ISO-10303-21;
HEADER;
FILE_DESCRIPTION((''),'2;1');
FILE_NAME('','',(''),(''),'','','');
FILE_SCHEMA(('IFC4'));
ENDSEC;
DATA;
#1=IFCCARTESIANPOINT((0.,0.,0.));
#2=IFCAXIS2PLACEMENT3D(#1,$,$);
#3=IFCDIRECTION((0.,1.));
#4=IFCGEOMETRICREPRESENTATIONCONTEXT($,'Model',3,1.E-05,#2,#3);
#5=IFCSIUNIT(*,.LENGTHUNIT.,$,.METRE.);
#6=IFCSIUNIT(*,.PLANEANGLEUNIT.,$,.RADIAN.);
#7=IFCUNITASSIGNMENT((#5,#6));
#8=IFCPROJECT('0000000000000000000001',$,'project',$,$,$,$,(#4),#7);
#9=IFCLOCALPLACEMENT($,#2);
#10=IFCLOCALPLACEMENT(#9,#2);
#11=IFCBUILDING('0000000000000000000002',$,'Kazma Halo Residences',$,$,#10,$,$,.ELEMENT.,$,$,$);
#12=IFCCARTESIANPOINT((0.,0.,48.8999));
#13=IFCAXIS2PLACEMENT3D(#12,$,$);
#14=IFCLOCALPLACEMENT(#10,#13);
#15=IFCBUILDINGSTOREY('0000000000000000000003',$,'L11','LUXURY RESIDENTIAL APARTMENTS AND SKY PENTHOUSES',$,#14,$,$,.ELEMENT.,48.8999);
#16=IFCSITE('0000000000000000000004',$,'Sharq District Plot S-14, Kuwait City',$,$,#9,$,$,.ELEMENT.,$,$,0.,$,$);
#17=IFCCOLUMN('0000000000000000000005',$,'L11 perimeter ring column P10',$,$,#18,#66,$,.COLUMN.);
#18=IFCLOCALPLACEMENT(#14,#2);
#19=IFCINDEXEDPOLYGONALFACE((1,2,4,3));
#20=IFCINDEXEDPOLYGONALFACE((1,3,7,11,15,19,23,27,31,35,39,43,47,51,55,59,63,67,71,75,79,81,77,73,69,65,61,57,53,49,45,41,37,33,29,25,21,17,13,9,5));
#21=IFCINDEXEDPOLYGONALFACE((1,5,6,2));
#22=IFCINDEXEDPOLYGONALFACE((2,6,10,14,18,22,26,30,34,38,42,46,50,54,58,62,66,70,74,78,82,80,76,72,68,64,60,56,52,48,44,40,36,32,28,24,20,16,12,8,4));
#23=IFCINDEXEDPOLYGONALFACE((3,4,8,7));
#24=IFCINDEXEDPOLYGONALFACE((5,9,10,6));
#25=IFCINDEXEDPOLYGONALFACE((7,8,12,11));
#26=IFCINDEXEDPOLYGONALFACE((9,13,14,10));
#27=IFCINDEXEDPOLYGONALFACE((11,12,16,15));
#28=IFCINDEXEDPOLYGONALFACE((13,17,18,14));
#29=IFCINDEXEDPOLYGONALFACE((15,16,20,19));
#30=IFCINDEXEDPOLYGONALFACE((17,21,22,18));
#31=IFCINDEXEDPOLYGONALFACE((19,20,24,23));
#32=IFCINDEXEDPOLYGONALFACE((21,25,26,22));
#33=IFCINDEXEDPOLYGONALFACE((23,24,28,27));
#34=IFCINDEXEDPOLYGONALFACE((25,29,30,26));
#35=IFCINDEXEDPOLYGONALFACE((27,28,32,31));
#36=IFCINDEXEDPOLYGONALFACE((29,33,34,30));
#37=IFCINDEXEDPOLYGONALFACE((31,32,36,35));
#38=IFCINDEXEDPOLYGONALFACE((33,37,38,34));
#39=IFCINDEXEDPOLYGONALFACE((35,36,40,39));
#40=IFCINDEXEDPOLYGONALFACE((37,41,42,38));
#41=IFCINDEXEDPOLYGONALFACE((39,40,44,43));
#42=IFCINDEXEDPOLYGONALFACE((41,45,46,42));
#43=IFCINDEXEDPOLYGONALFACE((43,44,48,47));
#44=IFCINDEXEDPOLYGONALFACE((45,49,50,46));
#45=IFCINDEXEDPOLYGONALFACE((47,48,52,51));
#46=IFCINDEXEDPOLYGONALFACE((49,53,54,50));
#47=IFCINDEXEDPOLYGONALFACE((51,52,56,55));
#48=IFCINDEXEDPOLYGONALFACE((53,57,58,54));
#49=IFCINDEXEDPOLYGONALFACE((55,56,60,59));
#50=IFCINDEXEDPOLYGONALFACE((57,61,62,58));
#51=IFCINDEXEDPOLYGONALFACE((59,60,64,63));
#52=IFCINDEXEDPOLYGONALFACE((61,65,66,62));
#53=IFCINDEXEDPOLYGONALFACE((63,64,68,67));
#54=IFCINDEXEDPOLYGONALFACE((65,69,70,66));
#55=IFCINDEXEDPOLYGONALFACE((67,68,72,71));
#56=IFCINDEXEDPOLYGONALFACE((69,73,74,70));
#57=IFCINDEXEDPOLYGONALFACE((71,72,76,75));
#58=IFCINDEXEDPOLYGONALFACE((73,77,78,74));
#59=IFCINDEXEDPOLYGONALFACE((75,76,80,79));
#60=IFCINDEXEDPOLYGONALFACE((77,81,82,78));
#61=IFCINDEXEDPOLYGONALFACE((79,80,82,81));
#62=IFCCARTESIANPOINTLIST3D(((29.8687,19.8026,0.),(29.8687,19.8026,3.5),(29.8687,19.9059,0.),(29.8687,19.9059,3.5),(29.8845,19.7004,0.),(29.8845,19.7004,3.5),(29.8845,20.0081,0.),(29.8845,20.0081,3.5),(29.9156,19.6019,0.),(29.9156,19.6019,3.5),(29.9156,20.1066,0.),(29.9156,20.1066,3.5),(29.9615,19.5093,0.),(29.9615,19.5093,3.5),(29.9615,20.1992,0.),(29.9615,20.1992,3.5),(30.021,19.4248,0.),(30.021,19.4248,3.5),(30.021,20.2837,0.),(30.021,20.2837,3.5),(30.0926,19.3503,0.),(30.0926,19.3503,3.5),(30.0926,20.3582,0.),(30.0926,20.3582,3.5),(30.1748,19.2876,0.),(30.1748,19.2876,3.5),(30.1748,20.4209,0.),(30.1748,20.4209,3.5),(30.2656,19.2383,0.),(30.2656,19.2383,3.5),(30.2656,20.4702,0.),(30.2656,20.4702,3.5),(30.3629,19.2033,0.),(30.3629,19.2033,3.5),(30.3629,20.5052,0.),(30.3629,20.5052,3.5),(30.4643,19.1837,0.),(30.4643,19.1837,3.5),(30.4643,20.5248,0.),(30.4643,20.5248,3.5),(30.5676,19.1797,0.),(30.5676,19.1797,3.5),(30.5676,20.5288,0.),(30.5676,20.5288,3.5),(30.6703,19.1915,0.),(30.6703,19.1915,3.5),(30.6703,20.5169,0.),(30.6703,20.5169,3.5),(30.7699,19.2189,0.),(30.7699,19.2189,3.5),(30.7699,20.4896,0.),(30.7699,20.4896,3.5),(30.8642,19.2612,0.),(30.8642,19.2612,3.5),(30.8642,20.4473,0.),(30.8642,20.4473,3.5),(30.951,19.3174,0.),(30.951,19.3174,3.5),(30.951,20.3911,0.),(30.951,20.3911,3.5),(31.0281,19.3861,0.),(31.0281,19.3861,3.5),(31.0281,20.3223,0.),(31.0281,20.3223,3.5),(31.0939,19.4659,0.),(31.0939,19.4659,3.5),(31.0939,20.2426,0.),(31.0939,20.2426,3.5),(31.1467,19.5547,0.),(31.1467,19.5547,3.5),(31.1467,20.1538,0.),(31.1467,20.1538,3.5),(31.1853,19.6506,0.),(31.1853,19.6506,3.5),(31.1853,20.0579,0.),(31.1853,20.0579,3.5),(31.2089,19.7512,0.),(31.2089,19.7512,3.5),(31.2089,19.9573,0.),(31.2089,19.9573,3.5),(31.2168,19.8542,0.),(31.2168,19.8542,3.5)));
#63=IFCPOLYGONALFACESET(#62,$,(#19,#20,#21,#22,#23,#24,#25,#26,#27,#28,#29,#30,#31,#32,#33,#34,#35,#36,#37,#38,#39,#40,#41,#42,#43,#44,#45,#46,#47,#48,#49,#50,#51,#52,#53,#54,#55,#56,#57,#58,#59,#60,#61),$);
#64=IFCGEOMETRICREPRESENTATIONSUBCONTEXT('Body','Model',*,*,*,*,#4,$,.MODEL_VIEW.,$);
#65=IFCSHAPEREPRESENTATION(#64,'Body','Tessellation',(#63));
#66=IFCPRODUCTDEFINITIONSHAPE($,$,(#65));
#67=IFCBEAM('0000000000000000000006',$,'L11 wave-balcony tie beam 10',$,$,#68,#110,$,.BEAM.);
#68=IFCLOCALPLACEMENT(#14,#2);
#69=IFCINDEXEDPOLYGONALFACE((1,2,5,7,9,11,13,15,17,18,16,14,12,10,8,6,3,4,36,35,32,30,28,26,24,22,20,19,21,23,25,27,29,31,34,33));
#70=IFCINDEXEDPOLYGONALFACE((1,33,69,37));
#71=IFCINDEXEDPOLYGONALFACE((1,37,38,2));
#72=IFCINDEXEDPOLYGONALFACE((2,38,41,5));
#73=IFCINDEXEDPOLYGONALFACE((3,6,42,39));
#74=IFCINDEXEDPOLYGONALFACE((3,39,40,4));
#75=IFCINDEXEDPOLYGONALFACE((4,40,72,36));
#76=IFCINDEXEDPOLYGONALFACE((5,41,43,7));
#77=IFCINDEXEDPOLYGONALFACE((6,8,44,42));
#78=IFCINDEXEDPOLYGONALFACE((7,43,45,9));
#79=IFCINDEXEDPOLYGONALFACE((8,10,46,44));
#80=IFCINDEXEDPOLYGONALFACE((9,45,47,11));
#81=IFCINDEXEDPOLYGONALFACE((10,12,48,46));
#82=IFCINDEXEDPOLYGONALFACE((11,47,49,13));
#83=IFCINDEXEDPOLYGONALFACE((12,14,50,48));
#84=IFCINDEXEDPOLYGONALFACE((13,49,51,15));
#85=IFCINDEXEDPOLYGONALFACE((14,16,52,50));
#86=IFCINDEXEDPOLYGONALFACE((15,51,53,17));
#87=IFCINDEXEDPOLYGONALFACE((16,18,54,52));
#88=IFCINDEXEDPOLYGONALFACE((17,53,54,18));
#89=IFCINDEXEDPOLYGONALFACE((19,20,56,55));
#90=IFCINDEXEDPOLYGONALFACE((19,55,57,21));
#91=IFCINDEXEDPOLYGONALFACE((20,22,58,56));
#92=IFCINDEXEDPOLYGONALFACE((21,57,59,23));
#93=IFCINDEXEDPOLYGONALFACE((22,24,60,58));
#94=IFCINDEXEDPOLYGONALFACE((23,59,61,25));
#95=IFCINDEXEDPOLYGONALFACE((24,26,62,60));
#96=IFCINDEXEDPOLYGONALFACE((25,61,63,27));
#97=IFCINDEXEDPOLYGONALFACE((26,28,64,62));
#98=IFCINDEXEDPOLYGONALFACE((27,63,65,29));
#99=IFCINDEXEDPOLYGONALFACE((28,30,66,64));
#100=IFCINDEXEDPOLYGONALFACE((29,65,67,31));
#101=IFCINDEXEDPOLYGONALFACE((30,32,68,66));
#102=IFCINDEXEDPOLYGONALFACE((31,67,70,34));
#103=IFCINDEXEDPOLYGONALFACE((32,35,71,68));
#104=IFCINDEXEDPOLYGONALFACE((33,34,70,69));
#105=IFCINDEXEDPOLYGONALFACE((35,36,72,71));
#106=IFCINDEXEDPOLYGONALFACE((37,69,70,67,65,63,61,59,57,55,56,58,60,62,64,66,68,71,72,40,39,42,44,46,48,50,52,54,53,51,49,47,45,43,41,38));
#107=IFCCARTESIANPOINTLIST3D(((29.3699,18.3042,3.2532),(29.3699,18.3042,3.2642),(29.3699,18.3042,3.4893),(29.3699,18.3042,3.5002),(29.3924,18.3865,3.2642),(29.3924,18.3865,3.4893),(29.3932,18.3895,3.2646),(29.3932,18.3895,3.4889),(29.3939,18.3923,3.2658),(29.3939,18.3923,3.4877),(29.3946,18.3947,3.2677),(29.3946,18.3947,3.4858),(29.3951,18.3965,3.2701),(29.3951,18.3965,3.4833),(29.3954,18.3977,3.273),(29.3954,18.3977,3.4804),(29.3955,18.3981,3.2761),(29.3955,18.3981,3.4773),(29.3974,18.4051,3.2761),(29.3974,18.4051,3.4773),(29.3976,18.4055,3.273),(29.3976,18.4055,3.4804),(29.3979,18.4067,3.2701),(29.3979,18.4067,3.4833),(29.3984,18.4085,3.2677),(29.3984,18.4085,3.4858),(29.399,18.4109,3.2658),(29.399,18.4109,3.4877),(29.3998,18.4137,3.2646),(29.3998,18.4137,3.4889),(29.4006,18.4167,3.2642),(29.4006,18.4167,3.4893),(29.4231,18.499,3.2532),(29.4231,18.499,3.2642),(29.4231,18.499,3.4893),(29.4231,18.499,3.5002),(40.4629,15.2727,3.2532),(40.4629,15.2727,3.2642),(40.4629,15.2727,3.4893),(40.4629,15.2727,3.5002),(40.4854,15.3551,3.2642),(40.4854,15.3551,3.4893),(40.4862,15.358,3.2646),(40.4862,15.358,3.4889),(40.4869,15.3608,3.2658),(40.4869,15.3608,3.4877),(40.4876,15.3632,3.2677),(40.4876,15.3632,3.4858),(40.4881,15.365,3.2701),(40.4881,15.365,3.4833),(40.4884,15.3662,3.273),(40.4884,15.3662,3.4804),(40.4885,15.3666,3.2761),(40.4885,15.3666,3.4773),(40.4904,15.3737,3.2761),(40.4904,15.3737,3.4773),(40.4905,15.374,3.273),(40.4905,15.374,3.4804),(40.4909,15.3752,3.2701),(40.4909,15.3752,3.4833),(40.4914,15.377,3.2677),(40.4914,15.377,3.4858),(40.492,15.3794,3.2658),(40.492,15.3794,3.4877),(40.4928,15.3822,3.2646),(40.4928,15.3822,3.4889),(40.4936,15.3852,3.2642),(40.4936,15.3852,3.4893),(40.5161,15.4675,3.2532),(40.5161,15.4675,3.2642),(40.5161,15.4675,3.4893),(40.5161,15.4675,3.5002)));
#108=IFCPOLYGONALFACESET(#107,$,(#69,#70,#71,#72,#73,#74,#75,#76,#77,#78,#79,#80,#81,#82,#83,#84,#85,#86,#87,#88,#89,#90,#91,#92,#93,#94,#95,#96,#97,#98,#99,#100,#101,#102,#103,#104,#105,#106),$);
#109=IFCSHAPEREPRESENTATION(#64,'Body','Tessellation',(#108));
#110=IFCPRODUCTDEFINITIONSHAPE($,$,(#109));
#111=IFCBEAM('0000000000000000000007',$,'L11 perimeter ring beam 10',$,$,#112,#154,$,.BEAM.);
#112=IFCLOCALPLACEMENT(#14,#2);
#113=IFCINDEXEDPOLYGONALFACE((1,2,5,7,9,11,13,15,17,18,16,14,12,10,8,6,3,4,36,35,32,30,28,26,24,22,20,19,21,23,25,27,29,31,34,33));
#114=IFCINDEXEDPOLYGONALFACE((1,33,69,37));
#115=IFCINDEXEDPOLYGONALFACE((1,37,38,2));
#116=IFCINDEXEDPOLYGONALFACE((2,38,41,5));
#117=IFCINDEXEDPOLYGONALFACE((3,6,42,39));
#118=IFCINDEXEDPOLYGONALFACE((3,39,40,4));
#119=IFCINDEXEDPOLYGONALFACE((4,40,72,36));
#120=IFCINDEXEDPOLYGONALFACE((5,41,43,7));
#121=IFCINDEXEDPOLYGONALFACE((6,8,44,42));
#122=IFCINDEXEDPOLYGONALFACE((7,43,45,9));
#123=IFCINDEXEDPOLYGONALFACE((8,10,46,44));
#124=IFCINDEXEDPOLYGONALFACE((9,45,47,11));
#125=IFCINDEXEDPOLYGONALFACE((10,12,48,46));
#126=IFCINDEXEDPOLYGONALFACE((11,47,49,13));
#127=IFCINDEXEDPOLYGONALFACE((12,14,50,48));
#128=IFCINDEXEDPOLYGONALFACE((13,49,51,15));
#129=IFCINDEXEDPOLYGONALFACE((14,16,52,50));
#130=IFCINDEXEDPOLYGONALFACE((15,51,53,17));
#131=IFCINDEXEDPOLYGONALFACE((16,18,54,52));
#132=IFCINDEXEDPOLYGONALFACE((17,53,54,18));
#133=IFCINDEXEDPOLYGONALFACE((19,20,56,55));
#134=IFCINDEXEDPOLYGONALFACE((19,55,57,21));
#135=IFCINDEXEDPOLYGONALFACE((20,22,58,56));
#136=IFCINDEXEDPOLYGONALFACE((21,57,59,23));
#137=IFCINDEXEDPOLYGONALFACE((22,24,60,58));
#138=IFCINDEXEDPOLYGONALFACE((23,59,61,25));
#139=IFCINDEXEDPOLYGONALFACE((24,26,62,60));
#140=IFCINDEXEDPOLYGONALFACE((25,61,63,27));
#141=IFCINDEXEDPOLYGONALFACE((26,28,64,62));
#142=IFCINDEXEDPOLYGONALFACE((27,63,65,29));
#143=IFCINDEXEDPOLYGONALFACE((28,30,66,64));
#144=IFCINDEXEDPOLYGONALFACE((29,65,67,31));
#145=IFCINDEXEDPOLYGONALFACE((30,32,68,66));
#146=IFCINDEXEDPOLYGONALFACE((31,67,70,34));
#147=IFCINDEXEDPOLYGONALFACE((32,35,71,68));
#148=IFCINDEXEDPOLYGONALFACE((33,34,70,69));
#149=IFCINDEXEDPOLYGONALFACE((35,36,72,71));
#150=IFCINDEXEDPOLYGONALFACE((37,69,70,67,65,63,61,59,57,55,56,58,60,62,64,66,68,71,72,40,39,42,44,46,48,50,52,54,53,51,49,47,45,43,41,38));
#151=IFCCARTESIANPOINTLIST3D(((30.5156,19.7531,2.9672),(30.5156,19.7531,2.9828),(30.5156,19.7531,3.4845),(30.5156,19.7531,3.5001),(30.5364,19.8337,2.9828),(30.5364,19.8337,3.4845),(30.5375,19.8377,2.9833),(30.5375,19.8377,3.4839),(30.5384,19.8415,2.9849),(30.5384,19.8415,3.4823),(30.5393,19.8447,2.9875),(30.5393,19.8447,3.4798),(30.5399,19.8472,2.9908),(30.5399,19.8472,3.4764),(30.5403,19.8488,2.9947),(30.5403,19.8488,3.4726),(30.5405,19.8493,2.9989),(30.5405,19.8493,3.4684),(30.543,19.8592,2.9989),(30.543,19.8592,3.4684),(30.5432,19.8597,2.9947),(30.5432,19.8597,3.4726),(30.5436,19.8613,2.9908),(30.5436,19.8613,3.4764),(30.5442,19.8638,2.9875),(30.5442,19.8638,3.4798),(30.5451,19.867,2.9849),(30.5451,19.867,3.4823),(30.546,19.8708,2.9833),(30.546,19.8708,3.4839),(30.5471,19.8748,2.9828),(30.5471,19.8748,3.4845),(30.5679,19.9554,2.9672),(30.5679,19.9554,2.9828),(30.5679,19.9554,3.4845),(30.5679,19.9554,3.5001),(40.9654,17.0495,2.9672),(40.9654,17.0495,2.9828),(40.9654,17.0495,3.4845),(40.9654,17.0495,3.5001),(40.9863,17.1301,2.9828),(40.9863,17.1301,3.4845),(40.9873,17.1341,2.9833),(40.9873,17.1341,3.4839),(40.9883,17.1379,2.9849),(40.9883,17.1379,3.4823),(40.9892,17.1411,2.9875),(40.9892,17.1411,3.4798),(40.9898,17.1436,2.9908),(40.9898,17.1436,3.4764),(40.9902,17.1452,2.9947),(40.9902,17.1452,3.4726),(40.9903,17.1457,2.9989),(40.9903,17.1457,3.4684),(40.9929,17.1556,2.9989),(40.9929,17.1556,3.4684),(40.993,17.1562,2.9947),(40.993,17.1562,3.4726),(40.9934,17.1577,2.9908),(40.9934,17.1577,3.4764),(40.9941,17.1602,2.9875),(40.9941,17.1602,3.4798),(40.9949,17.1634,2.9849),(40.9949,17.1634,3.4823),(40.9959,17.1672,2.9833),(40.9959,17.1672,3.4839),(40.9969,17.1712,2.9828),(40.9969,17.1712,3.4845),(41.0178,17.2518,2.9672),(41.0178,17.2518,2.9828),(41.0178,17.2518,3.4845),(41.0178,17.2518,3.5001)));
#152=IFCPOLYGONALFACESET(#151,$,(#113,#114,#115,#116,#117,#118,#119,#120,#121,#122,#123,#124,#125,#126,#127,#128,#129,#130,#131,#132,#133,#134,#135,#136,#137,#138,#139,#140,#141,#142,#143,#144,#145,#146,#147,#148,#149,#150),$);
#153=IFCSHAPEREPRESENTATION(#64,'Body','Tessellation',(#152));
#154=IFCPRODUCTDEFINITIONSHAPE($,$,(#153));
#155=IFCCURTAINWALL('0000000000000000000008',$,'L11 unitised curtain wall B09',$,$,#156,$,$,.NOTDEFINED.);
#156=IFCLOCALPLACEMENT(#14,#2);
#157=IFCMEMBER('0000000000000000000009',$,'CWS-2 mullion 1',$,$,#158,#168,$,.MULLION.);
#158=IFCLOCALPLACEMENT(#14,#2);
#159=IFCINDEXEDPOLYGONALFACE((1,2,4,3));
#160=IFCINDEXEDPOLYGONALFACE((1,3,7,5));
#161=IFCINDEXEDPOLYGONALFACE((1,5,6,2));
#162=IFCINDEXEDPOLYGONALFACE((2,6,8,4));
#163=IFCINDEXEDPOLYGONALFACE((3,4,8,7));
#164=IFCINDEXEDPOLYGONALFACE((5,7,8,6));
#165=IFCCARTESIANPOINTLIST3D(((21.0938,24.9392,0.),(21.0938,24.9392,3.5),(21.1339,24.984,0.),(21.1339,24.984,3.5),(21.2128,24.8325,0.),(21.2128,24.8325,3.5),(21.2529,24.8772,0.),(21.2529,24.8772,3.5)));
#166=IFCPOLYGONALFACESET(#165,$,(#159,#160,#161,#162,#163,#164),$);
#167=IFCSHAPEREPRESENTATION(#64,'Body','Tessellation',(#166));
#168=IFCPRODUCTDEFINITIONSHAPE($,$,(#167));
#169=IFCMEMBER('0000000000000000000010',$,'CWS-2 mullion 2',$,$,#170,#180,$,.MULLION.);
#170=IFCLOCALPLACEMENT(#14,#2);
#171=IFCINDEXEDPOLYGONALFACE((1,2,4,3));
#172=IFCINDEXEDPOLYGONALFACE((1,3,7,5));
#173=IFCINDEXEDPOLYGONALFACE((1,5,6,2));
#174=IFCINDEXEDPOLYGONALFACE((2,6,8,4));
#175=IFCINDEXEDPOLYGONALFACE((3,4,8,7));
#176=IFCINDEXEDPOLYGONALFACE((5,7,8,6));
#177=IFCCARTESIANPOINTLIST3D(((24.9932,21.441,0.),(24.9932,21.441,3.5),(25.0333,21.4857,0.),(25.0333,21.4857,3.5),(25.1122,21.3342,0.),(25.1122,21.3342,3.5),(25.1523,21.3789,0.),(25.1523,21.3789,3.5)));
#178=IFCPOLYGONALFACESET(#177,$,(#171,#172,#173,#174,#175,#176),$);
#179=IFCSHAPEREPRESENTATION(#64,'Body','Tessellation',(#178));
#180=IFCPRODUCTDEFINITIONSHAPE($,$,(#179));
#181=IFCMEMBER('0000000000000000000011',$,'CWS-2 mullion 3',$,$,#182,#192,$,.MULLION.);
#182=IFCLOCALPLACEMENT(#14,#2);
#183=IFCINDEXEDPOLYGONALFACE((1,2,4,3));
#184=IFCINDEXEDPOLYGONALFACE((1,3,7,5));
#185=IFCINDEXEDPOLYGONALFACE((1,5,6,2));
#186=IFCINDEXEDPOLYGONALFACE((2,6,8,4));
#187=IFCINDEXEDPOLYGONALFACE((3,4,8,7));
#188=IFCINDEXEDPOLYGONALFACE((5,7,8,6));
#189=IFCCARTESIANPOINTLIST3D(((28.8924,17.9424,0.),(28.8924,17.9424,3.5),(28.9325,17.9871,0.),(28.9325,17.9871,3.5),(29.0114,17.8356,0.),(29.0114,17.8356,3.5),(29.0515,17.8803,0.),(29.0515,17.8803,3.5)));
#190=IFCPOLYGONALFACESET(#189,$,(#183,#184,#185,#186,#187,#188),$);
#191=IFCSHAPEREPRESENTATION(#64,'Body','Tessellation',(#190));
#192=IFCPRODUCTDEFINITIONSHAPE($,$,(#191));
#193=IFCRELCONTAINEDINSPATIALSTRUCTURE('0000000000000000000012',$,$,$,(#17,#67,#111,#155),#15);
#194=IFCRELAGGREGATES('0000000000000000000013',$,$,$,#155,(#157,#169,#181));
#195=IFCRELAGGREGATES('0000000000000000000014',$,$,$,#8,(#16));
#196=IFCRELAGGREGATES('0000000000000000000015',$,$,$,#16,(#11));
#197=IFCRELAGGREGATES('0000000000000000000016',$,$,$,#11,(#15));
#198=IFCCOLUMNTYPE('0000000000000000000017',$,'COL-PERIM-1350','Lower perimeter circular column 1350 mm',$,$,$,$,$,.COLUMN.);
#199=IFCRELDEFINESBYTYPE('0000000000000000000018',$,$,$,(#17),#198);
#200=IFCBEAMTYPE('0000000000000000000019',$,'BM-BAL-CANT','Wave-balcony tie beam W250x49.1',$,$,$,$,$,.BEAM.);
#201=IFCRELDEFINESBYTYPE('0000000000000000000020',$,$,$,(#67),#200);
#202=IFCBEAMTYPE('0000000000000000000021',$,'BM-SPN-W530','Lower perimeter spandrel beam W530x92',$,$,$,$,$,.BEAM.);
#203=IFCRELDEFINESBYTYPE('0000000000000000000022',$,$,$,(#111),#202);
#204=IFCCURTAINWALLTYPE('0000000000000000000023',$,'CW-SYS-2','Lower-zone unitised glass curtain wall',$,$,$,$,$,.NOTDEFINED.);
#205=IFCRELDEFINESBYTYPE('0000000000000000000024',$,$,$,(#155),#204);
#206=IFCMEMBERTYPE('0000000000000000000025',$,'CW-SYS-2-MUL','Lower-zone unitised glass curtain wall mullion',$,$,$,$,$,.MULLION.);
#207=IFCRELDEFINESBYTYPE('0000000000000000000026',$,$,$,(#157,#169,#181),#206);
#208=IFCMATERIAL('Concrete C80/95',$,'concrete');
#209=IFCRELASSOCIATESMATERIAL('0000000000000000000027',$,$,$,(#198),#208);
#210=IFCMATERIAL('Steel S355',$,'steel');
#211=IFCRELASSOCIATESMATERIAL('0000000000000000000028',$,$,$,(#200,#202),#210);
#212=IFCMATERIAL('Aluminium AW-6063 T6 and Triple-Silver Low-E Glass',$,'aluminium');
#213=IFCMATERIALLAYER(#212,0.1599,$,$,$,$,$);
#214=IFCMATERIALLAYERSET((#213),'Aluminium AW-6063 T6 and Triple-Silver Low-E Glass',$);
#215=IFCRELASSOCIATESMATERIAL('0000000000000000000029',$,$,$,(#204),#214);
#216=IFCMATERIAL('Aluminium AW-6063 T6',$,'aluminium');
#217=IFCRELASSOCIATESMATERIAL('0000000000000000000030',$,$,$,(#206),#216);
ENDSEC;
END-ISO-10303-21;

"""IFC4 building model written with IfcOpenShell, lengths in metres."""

from ifc_helpers import new_model, si_unit, direction, frame, origin, origin_2d, place, context, subcontext, project, spatial, rectangle, circle, i_section, extrude, material, layer, layer_set, material_profile, profile_set, type_object, element, aggregate, save


model = new_model("IFC4")

# Units and contexts
model_context = context("Model", 3, precision=1e-05, world=origin(), true_north=direction((0.0, 1.0)))
body_context = subcontext(model_context, "Body", "Model", "MODEL_VIEW")
ifc_project = project(units=[si_unit("LENGTHUNIT", "METRE"), si_unit("PLANEANGLEUNIT", "RADIAN")], contexts=[model_context])

# Site, building, storey
site_placement = place(None, origin())
site = spatial("IfcSite", under=ifc_project, at=site_placement, Name="Sharq District Plot S-14, Kuwait City", CompositionType="ELEMENT", RefElevation=0.0)
building_placement = place(site_placement, origin())
building = spatial("IfcBuilding", under=site, at=building_placement, Name="Kazma Halo Residences", CompositionType="ELEMENT")
storey_placement = place(building_placement, frame((0.0, 0.0, 48.8999)))
storey = spatial("IfcBuildingStorey", under=building, at=storey_placement, Name="L11", Description="LUXURY RESIDENTIAL APARTMENTS AND SKY PENTHOUSES", CompositionType="ELEMENT", Elevation=48.8999)

# Column
ifc_material_1 = material(Name="Concrete C80/95", Category="concrete")
ifc_material_profile_1 = material_profile(ifc_material_1, circle(Radius=0.675, at=origin_2d()), Name="CIRC1350")
ifc_profile_set_1 = profile_set([ifc_material_profile_1], Name="Concrete C80/95")
column_type = type_object("IfcColumnType", Name="COL-PERIM-1350", Description="Lower perimeter circular column 1350 mm", PredefinedType="COLUMN", material=ifc_profile_set_1)
column_placement = place(storey_placement, frame((30.5417, 19.8542, 0.0), z_axis=(0.0, 0.0, 1.0), x_axis=(1.0, 0.0, 0.0)))
element("IfcColumn", 1, at=column_placement, inside=storey, type_object=column_type, Name="L11 perimeter ring column P10", PredefinedType="COLUMN", context=body_context, shape_type="SweptSolid", body=[
    extrude(circle(Radius=0.675, at=origin_2d()), origin(), (0.0, 0.0, 1.0), 3.5),
])

# Beams
ifc_material_2 = material(Name="Steel S355", Category="steel")
ifc_material_profile_2 = material_profile(ifc_material_2, i_section(OverallWidth=0.2019, OverallDepth=0.2471, WebThickness=0.0073, FlangeThickness=0.011, FilletRadius=0.012, at=origin_2d()), Name="W250x49.1")
ifc_profile_set_2 = profile_set([ifc_material_profile_2], Name="Steel S355")
beam_type_1 = type_object("IfcBeamType", Name="BM-BAL-CANT", Description="Wave-balcony tie beam W250x49.1", PredefinedType="BEAM", material=ifc_profile_set_2)
beam_1_placement = place(storey_placement, frame((29.3965, 18.4016, 3.3767), z_axis=(0.964628, -0.263613, 0.0), x_axis=(0.263613, 0.964628, 0.0)))
element("IfcBeam", 2, at=beam_1_placement, inside=storey, type_object=beam_type_1, Name="L11 wave-balcony tie beam 10", PredefinedType="BEAM", context=body_context, shape_type="SweptSolid", body=[
    extrude(i_section(OverallWidth=0.2019, OverallDepth=0.2471, WebThickness=0.0073, FlangeThickness=0.011, FilletRadius=0.012, at=origin_2d()), origin(), (0.0, 0.0, 1.0), 11.4998),
])
ifc_material_profile_3 = material_profile(ifc_material_2, i_section(OverallWidth=0.209, OverallDepth=0.533, WebThickness=0.0103, FlangeThickness=0.0156, FilletRadius=0.0161, at=origin_2d()), Name="W530x92")
ifc_profile_set_3 = profile_set([ifc_material_profile_3], Name="Steel S355")
beam_type_2 = type_object("IfcBeamType", Name="BM-SPN-W530", Description="Lower perimeter spandrel beam W530x92", PredefinedType="BEAM", material=ifc_profile_set_3)
beam_2_placement = place(storey_placement, frame((30.5417, 19.8542, 3.2336), z_axis=(0.968124, -0.250473, 0.0), x_axis=(0.250473, 0.968124, 0.0)))
element("IfcBeam", 3, at=beam_2_placement, inside=storey, type_object=beam_type_2, Name="L11 perimeter ring beam 10", PredefinedType="BEAM", context=body_context, shape_type="SweptSolid", body=[
    extrude(i_section(OverallWidth=0.209, OverallDepth=0.533, WebThickness=0.0103, FlangeThickness=0.0156, FilletRadius=0.0161, at=origin_2d()), origin(), (0.0, 0.0, 1.0), 10.7939),
])

# Curtain wall, members
ifc_material_3 = material(Name="Aluminium AW-6063 T6 and Triple-Silver Low-E Glass", Category="aluminium")
ifc_layer_1 = layer(ifc_material_3, 0.1599)
ifc_layer_set_1 = layer_set([ifc_layer_1], Name="Aluminium AW-6063 T6 and Triple-Silver Low-E Glass")
curtain_wall_type = type_object("IfcCurtainWallType", Name="CW-SYS-2", Description="Lower-zone unitised glass curtain wall", PredefinedType="NOTDEFINED", material=ifc_layer_set_1)
curtain_wall_placement = place(storey_placement, origin())
curtain_wall = element("IfcCurtainWall", 4, at=curtain_wall_placement, inside=storey, type_object=curtain_wall_type, Name="L11 unitised curtain wall B09", PredefinedType="NOTDEFINED")
ifc_material_4 = material(Name="Aluminium AW-6063 T6", Category="aluminium")
ifc_material_profile_4 = material_profile(ifc_material_4, rectangle(XDim=0.0601, YDim=0.1599, at=origin_2d()), Name="CWM-60x160")
ifc_profile_set_4 = profile_set([ifc_material_profile_4], Name="Aluminium AW-6063 T6")
member_type_1 = type_object("IfcMemberType", Name="CW-SYS-2-MUL", Description="Lower-zone unitised glass curtain wall mullion", PredefinedType="MULLION", material=ifc_profile_set_4)
member_1_placement = place(storey_placement, frame((21.1733, 24.9082, 0.0), z_axis=(0.0, 0.0, 1.0), x_axis=(0.667821, 0.744322, 0.0)))
member_1 = element("IfcMember", 5, at=member_1_placement, type_object=member_type_1, Name="CWS-2 mullion 1", PredefinedType="MULLION", context=body_context, shape_type="SweptSolid", body=[
    extrude(rectangle(XDim=0.0601, YDim=0.1599, at=origin_2d()), origin(), (0.0, 0.0, 1.0), 3.5),
])
member_2_placement = place(storey_placement, frame((25.0728, 21.4099, 0.0), z_axis=(0.0, 0.0, 1.0), x_axis=(0.667821, 0.744322, 0.0)))
member_2 = element("IfcMember", 6, at=member_2_placement, type_object=member_type_1, Name="CWS-2 mullion 2", PredefinedType="MULLION", context=body_context, shape_type="SweptSolid", body=[
    extrude(rectangle(XDim=0.0601, YDim=0.1599, at=origin_2d()), origin(), (0.0, 0.0, 1.0), 3.5),
])
member_3_placement = place(storey_placement, frame((28.9719, 17.9114, 0.0), z_axis=(0.0, 0.0, 1.0), x_axis=(0.667821, 0.744322, 0.0)))
member_3 = element("IfcMember", 7, at=member_3_placement, type_object=member_type_1, Name="CWS-2 mullion 3", PredefinedType="MULLION", context=body_context, shape_type="SweptSolid", body=[
    extrude(rectangle(XDim=0.0601, YDim=0.1599, at=origin_2d()), origin(), (0.0, 0.0, 1.0), 3.5),
])
aggregate(curtain_wall, [member_1, member_2, member_3])

save(model, "model.ifc")
